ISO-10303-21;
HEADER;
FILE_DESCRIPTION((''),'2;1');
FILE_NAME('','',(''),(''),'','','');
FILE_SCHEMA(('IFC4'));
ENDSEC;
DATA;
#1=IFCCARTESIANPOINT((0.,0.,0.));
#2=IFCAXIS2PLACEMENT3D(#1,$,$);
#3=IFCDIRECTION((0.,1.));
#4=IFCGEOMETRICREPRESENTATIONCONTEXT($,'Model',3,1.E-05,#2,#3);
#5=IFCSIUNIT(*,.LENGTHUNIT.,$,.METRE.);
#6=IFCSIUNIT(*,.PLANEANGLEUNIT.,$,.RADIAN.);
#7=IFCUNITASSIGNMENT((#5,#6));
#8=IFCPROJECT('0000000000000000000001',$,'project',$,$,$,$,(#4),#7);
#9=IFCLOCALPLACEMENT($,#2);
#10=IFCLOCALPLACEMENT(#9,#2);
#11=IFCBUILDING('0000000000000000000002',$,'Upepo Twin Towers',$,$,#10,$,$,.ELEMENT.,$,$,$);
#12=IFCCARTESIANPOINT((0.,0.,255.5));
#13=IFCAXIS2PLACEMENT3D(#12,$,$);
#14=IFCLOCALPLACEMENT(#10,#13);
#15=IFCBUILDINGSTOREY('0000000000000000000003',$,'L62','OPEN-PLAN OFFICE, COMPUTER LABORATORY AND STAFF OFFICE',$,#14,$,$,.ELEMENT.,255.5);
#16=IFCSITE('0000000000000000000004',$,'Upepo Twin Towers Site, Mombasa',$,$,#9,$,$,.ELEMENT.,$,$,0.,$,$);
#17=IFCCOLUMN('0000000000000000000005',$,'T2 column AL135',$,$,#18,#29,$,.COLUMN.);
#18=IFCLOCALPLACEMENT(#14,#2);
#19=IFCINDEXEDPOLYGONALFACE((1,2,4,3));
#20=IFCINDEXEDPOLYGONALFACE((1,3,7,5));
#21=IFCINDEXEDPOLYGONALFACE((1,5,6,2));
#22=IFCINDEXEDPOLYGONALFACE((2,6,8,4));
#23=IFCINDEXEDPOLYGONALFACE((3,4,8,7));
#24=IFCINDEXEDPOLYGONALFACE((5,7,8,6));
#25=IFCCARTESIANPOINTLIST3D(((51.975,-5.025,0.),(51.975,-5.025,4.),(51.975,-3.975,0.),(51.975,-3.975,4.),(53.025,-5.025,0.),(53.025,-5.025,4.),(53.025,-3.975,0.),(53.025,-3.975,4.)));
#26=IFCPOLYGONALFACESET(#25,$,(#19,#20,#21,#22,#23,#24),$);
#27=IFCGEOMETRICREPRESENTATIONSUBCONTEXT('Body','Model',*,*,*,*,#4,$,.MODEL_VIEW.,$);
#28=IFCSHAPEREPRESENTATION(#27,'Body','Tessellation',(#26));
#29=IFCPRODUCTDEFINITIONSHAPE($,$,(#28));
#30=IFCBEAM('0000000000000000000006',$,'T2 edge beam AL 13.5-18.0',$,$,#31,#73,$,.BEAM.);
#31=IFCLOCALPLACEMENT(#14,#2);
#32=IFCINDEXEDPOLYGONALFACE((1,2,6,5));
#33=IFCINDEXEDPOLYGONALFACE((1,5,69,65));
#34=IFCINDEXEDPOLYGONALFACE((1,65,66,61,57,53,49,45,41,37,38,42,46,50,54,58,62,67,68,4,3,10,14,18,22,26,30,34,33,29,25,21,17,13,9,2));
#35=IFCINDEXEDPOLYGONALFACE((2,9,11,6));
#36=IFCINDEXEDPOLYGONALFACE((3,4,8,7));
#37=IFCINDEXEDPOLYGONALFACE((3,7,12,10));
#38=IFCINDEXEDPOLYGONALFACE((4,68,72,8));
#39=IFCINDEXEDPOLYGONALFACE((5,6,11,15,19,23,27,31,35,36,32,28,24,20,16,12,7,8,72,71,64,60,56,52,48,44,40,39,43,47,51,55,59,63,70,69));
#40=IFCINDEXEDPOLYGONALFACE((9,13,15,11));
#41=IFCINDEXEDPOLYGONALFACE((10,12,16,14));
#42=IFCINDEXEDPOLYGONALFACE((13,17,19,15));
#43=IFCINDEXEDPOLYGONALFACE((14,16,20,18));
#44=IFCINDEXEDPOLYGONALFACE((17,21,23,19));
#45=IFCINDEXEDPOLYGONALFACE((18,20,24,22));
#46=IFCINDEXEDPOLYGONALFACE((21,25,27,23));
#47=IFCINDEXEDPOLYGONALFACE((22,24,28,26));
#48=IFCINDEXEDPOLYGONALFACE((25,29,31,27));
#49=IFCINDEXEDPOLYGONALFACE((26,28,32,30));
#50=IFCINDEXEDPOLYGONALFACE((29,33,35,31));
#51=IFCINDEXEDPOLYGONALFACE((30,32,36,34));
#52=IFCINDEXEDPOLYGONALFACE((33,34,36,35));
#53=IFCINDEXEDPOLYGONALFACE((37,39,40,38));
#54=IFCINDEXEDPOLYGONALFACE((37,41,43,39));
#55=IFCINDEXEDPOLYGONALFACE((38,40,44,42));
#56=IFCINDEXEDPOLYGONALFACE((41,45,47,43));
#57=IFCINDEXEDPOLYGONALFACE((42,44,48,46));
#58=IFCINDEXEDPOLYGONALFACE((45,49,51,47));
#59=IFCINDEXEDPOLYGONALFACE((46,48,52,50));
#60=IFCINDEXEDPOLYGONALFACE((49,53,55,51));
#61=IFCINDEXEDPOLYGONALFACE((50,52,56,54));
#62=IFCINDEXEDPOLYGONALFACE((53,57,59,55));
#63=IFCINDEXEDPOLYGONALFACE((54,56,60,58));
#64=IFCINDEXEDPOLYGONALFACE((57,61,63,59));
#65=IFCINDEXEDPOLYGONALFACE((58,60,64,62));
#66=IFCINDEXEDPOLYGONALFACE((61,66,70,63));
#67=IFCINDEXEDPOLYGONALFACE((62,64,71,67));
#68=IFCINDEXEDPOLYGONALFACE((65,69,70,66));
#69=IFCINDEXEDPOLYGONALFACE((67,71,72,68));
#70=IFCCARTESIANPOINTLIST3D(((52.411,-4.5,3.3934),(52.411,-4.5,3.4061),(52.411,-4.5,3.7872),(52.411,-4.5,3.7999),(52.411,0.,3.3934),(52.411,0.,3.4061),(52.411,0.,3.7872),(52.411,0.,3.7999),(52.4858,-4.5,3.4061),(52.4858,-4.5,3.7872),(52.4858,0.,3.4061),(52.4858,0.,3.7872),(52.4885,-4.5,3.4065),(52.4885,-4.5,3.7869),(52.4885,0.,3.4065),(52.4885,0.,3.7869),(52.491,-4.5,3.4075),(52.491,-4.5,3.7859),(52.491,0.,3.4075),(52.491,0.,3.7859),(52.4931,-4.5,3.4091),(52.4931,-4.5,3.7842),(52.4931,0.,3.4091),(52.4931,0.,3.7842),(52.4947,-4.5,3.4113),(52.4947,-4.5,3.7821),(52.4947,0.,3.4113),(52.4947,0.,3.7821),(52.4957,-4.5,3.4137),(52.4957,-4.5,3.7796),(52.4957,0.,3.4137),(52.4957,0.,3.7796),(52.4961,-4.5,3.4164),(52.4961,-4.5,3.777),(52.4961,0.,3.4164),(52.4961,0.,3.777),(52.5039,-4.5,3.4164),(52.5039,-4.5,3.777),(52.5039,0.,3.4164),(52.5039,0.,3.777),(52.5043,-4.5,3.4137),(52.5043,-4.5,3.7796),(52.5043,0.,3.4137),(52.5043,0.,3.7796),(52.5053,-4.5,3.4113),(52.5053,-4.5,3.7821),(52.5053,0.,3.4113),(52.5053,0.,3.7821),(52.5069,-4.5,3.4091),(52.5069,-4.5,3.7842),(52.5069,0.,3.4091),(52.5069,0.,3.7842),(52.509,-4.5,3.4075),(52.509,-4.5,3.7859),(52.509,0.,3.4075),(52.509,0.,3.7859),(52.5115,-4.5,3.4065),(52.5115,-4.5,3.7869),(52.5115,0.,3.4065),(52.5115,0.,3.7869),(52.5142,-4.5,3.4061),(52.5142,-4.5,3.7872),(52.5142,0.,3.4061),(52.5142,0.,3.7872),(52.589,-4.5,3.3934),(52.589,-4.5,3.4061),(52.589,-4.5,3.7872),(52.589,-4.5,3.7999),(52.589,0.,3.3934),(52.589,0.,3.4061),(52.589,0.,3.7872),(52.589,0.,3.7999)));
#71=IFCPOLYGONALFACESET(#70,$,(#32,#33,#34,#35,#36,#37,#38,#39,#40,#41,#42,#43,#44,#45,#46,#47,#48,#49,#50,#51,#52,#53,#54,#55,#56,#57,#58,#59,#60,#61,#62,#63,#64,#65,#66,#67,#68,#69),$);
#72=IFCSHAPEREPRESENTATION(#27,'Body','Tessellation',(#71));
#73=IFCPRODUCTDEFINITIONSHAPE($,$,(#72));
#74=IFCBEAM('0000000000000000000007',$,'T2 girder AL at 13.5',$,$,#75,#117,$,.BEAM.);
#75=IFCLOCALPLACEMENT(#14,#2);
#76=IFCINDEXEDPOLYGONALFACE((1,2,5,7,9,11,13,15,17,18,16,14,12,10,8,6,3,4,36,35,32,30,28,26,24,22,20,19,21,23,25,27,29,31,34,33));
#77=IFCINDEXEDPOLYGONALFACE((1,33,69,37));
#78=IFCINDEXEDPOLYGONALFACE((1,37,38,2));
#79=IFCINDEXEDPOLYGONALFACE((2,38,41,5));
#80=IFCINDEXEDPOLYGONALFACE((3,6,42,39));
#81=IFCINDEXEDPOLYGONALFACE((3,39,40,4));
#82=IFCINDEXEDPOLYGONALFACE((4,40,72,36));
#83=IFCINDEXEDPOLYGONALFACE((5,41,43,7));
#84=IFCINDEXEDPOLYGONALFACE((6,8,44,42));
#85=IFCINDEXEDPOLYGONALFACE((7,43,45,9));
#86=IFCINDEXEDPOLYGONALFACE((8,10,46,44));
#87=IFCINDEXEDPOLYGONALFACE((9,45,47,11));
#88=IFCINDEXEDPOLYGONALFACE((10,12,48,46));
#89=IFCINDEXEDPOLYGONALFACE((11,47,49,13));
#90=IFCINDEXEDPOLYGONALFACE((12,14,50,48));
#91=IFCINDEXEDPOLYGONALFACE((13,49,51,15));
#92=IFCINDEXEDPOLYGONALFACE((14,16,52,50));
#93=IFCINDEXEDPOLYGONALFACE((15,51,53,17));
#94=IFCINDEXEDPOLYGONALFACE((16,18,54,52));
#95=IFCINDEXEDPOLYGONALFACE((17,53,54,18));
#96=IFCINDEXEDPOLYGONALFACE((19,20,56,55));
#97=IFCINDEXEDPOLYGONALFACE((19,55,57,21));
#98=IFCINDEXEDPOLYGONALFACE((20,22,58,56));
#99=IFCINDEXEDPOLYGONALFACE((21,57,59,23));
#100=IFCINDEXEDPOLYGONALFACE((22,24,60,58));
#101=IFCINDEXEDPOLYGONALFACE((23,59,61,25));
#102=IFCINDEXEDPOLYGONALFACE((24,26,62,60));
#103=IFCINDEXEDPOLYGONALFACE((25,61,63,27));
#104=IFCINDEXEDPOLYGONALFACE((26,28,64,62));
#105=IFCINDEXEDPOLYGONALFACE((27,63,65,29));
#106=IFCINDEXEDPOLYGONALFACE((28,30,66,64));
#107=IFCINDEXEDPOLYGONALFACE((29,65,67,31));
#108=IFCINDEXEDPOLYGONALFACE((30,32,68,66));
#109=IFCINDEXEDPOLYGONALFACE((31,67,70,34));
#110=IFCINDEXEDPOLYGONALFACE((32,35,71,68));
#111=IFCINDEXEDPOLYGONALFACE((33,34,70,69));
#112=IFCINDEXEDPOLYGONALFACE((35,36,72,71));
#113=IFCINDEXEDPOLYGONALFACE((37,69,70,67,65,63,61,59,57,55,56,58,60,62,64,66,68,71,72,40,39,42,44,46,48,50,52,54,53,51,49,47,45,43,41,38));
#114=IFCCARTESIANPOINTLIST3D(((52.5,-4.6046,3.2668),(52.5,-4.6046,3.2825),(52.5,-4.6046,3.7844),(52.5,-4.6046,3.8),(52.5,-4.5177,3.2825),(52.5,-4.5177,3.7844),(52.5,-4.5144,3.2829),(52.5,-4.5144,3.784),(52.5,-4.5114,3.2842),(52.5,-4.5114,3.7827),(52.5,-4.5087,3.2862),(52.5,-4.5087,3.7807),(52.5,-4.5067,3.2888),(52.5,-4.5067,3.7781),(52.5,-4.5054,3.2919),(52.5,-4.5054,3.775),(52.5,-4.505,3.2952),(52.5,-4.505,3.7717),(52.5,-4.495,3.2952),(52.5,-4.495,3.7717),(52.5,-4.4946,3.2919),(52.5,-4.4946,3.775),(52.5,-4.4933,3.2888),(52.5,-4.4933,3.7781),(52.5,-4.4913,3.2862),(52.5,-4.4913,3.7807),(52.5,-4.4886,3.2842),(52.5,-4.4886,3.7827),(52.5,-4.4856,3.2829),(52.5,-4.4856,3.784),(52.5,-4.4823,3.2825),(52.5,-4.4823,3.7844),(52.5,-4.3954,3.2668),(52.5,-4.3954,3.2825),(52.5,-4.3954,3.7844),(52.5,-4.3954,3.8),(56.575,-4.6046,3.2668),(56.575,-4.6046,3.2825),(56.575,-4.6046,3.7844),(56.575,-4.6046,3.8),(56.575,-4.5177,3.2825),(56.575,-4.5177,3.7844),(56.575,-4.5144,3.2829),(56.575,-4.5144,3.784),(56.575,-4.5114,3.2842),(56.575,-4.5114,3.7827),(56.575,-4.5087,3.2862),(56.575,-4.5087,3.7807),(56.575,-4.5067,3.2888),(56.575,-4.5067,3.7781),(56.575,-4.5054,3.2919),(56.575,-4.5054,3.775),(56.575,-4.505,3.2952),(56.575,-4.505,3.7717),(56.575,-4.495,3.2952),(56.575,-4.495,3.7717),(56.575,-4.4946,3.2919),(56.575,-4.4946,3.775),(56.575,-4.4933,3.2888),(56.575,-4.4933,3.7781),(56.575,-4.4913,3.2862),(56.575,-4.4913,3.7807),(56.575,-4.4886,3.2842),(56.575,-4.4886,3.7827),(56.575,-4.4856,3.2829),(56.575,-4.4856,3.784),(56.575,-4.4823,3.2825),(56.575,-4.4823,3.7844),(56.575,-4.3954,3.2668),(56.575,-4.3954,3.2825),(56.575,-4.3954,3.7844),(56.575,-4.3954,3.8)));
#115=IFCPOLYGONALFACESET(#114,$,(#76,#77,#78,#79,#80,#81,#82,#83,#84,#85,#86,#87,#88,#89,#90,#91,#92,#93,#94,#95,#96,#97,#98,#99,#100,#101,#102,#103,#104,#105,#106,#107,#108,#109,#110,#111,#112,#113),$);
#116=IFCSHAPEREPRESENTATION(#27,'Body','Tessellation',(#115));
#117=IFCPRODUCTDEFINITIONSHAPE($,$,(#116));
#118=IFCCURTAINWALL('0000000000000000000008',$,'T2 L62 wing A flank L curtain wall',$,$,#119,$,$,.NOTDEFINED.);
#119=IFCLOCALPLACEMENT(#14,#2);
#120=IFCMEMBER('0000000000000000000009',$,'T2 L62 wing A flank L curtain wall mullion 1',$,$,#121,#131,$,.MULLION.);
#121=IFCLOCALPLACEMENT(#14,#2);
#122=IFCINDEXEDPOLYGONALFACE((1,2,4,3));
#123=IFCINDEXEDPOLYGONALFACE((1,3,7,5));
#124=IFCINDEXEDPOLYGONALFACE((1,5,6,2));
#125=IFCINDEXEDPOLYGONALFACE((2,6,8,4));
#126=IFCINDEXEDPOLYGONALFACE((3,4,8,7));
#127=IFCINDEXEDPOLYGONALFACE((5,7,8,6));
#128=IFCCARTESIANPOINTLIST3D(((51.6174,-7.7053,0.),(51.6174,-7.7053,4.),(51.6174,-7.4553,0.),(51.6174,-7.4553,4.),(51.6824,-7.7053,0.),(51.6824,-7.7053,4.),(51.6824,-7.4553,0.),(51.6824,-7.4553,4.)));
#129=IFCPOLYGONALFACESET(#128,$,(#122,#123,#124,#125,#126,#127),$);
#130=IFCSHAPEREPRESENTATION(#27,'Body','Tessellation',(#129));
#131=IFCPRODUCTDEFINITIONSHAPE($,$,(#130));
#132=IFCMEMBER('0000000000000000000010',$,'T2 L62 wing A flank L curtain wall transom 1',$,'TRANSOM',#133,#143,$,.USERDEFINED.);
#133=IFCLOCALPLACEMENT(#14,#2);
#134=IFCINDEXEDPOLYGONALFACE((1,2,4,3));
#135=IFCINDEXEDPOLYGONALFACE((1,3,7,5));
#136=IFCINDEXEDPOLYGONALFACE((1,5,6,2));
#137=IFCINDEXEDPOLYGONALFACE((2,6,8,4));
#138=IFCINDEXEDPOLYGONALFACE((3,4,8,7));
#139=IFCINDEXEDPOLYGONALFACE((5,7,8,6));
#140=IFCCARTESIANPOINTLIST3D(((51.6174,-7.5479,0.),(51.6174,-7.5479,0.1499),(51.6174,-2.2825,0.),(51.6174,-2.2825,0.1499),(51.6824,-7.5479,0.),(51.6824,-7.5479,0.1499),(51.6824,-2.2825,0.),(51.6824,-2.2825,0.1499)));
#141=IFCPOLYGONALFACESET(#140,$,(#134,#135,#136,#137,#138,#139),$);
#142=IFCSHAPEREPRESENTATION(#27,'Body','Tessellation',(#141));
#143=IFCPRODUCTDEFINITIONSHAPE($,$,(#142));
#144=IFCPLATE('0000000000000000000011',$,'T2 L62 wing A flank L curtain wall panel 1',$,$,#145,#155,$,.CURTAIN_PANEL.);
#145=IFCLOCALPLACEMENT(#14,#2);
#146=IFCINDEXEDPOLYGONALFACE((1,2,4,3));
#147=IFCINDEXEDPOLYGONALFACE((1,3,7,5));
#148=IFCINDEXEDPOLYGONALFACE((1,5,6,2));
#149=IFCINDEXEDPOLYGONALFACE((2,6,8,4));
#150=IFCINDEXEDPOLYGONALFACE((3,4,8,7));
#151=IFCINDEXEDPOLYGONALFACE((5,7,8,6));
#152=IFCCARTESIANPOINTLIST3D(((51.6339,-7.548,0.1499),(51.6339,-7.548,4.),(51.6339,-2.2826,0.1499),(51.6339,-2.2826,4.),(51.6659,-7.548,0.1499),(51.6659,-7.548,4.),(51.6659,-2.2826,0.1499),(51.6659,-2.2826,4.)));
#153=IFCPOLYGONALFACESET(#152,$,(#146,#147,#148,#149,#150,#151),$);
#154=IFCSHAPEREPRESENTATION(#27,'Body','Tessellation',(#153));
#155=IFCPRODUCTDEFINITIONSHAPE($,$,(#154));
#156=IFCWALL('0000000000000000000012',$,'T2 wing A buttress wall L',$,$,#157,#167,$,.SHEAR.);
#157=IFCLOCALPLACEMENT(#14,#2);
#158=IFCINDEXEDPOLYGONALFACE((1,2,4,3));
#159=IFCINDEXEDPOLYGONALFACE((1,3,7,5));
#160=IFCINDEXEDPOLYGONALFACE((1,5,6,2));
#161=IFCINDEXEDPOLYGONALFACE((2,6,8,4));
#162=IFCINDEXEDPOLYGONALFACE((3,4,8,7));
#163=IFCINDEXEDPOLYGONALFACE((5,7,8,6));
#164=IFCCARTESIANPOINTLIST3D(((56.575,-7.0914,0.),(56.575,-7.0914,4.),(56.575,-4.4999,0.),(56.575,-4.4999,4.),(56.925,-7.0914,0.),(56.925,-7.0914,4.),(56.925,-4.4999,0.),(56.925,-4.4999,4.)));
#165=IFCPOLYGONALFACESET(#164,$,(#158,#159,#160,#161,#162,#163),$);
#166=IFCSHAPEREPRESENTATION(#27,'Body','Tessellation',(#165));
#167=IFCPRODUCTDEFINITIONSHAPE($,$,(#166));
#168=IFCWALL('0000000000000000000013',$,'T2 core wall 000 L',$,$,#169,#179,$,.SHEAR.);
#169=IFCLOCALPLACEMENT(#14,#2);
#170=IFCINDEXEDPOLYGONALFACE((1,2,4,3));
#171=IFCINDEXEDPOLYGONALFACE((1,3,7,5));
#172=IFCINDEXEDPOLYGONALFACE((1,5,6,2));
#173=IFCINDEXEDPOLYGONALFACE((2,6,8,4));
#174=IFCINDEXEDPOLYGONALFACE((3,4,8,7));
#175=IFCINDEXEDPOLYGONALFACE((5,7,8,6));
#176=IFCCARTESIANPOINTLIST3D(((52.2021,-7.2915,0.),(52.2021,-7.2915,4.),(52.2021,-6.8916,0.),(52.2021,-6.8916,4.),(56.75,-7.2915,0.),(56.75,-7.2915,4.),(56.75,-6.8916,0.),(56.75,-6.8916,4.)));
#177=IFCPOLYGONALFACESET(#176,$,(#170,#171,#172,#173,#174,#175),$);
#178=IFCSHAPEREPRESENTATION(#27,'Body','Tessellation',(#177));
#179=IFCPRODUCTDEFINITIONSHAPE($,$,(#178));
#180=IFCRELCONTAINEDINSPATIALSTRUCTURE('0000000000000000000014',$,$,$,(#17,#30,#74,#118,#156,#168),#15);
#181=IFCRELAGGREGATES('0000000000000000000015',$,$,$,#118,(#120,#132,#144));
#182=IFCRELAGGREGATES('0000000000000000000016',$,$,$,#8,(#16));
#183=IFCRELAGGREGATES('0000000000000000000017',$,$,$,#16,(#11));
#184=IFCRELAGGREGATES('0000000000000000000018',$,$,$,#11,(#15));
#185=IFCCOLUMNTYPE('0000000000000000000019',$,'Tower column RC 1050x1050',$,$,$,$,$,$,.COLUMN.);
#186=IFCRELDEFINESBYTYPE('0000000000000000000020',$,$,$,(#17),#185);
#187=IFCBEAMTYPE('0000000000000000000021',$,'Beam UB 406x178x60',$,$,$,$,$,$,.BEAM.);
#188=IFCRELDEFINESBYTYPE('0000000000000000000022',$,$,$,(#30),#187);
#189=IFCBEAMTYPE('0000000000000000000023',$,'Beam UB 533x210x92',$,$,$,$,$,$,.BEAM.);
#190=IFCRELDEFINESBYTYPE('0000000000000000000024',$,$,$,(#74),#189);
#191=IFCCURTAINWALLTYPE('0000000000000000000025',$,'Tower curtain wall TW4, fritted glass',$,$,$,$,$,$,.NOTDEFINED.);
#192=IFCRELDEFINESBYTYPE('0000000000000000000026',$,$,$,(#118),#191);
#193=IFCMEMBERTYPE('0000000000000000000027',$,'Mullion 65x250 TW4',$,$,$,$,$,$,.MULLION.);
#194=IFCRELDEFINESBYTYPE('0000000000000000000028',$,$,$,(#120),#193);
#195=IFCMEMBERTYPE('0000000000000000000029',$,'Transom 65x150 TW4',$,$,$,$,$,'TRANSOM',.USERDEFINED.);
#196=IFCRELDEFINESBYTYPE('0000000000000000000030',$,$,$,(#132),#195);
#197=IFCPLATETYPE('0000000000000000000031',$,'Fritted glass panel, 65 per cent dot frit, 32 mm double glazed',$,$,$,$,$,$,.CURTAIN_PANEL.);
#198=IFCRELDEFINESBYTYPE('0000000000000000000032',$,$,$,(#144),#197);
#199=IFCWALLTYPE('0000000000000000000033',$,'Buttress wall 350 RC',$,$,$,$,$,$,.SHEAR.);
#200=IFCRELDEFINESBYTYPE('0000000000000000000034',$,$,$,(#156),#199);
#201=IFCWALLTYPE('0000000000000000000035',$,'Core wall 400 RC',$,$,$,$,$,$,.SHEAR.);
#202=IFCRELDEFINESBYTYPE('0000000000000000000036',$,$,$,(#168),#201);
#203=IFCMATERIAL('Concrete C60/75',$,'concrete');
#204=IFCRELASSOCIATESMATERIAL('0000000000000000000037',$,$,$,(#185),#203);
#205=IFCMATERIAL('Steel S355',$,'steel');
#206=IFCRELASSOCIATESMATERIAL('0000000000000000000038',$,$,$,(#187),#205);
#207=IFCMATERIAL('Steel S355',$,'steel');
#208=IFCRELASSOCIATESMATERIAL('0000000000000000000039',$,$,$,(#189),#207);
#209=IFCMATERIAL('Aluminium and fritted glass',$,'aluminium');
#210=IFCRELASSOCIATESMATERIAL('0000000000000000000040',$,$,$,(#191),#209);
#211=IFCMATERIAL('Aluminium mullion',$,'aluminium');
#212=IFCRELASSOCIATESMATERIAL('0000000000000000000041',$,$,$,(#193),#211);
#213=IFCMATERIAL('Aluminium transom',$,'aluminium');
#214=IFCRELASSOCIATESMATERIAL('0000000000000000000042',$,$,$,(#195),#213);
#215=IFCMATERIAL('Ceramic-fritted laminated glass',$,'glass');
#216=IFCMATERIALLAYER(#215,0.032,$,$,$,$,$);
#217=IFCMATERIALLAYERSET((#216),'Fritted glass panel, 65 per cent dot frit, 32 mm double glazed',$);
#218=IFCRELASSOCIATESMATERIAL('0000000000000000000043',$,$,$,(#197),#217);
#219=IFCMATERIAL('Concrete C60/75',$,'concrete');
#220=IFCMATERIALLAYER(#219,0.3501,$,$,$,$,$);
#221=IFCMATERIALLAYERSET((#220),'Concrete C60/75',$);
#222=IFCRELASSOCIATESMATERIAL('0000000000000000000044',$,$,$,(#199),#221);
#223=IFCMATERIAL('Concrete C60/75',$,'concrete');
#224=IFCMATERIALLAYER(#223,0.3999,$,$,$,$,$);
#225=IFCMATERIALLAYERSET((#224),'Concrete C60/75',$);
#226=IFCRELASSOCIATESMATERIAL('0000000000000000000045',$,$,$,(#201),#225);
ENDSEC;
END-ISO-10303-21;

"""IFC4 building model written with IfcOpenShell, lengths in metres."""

from ifc_helpers import new_model, si_unit, direction, frame, frame_2d, origin, origin_2d, place, context, subcontext, project, spatial, rectangle, i_section, extrude, material, layer, layer_set, material_profile, profile_set, type_object, element, aggregate, save


model = new_model("IFC4")

# Units and contexts
model_context = context("Model", 3, precision=1e-05, world=origin(), true_north=direction((0.0, 1.0)))
body_context = subcontext(model_context, "Body", "Model", "MODEL_VIEW")
ifc_project = project(units=[si_unit("LENGTHUNIT", "METRE"), si_unit("PLANEANGLEUNIT", "RADIAN")], contexts=[model_context])

# Site, building, storey
site_placement = place(None, origin())
site = spatial("IfcSite", under=ifc_project, at=site_placement, Name="Upepo Twin Towers Site, Mombasa", CompositionType="ELEMENT", RefElevation=0.0)
building_placement = place(site_placement, origin())
building = spatial("IfcBuilding", under=site, at=building_placement, Name="Upepo Twin Towers", CompositionType="ELEMENT")
storey_placement = place(building_placement, frame((0.0, 0.0, 255.5)))
storey = spatial("IfcBuildingStorey", under=building, at=storey_placement, Name="L62", Description="OPEN-PLAN OFFICE, COMPUTER LABORATORY AND STAFF OFFICE", CompositionType="ELEMENT", Elevation=255.5)

# Column
ifc_material_1 = material(Name="Concrete C60/75", Category="concrete")
ifc_material_profile_1 = material_profile(ifc_material_1, rectangle(XDim=1.05, YDim=1.05, at=origin_2d()), Name="RC 1050x1050")
ifc_profile_set_1 = profile_set([ifc_material_profile_1], Name="Concrete C60/75")
column_type = type_object("IfcColumnType", Name="Tower column RC 1050x1050", PredefinedType="COLUMN", material=ifc_profile_set_1)
column_placement = place(storey_placement, frame((52.5, -4.5, 0.0), z_axis=(0.0, 0.0, 1.0), x_axis=(1.0, 0.0, 0.0)))
element("IfcColumn", 1, at=column_placement, inside=storey, type_object=column_type, Name="T2 column AL135", PredefinedType="COLUMN", context=body_context, shape_type="SweptSolid", body=[
    extrude(rectangle(XDim=1.05, YDim=1.05, at=origin_2d()), origin(), (0.0, 0.0, 1.0), 4.0),
])

# Beams
ifc_material_2 = material(Name="Steel S355", Category="steel")
ifc_material_profile_2 = material_profile(ifc_material_2, i_section(OverallWidth=0.178, OverallDepth=0.4065, WebThickness=0.0078, FlangeThickness=0.0127, FilletRadius=0.0103, at=origin_2d()), Name="UB 406x178x60")
ifc_profile_set_2 = profile_set([ifc_material_profile_2], Name="Steel S355")
beam_type_1 = type_object("IfcBeamType", Name="Beam UB 406x178x60", PredefinedType="BEAM", material=ifc_profile_set_2)
beam_1_placement = place(storey_placement, frame((52.5, -4.5, 3.5967), z_axis=(0.0, 1.0, 0.0), x_axis=(-1.0, 0.0, 0.0)))
element("IfcBeam", 2, at=beam_1_placement, inside=storey, type_object=beam_type_1, Name="T2 edge beam AL 13.5-18.0", PredefinedType="BEAM", context=body_context, shape_type="SweptSolid", body=[
    extrude(i_section(OverallWidth=0.178, OverallDepth=0.4065, WebThickness=0.0078, FlangeThickness=0.0127, FilletRadius=0.0103, at=origin_2d()), origin(), (0.0, 0.0, 1.0), 4.5),
])
ifc_material_3 = material(Name="Steel S355", Category="steel")
ifc_material_profile_3 = material_profile(ifc_material_3, i_section(OverallWidth=0.2092, OverallDepth=0.5332, WebThickness=0.01, FlangeThickness=0.0156, FilletRadius=0.0127, at=origin_2d()), Name="UB 533x210x92")
ifc_profile_set_3 = profile_set([ifc_material_profile_3], Name="Steel S355")
beam_type_2 = type_object("IfcBeamType", Name="Beam UB 533x210x92", PredefinedType="BEAM", material=ifc_profile_set_3)
beam_2_placement = place(storey_placement, frame((52.5, -4.5, 3.5334), z_axis=(1.0, 0.0, 0.0), x_axis=(0.0, 1.0, 0.0)))
element("IfcBeam", 3, at=beam_2_placement, inside=storey, type_object=beam_type_2, Name="T2 girder AL at 13.5", PredefinedType="BEAM", context=body_context, shape_type="SweptSolid", body=[
    extrude(i_section(OverallWidth=0.2092, OverallDepth=0.5332, WebThickness=0.01, FlangeThickness=0.0156, FilletRadius=0.0127, at=origin_2d()), origin(), (0.0, 0.0, 1.0), 4.075),
])

# Curtain wall, members, plate
ifc_material_4 = material(Name="Aluminium and fritted glass", Category="aluminium")
curtain_wall_type = type_object("IfcCurtainWallType", Name="Tower curtain wall TW4, fritted glass", PredefinedType="NOTDEFINED", material=ifc_material_4)
curtain_wall_placement = place(storey_placement, origin())
curtain_wall = element("IfcCurtainWall", 4, at=curtain_wall_placement, inside=storey, type_object=curtain_wall_type, Name="T2 L62 wing A flank L curtain wall", PredefinedType="NOTDEFINED")
ifc_material_5 = material(Name="Aluminium mullion", Category="aluminium")
ifc_material_profile_4 = material_profile(ifc_material_5, rectangle(XDim=0.0649, YDim=0.25, at=origin_2d()), Name="MULLION 65x250")
ifc_profile_set_4 = profile_set([ifc_material_profile_4], Name="Aluminium mullion")
member_type_1 = type_object("IfcMemberType", Name="Mullion 65x250 TW4", PredefinedType="MULLION", material=ifc_profile_set_4)
member_1_placement = place(storey_placement, frame((51.6499, -7.5803, 0.0), z_axis=(0.0, 0.0, 1.0), x_axis=(-1.0, 0.0, 0.0)))
member_1 = element("IfcMember", 5, at=member_1_placement, type_object=member_type_1, Name="T2 L62 wing A flank L curtain wall mullion 1", PredefinedType="MULLION", context=body_context, shape_type="SweptSolid", body=[
    extrude(rectangle(XDim=0.0649, YDim=0.25, at=origin_2d()), origin(), (0.0, 0.0, 1.0), 4.0),
])
ifc_material_6 = material(Name="Aluminium transom", Category="aluminium")
ifc_material_profile_5 = material_profile(ifc_material_6, rectangle(XDim=0.0649, YDim=0.1499, at=origin_2d()), Name="TRANSOM 65x150")
ifc_profile_set_5 = profile_set([ifc_material_profile_5], Name="Aluminium transom")
member_type_2 = type_object("IfcMemberType", Name="Transom 65x150 TW4", ElementType="TRANSOM", PredefinedType="USERDEFINED", material=ifc_profile_set_5)
member_2_placement = place(storey_placement, frame((51.6499, -7.5479, 0.075), z_axis=(0.0, 1.0, 0.0), x_axis=(-1.0, 0.0, 0.0)))
member_2 = element("IfcMember", 6, at=member_2_placement, type_object=member_type_2, Name="T2 L62 wing A flank L curtain wall transom 1", ObjectType="TRANSOM", PredefinedType="USERDEFINED", context=body_context, shape_type="SweptSolid", body=[
    extrude(rectangle(XDim=0.0649, YDim=0.1499, at=origin_2d()), origin(), (0.0, 0.0, 1.0), 5.2654),
])
ifc_material_7 = material(Name="Ceramic-fritted laminated glass", Category="glass")
ifc_layer_1 = layer(ifc_material_7, 0.032)
ifc_layer_set_1 = layer_set([ifc_layer_1], Name="Fritted glass panel, 65 per cent dot frit, 32 mm double glazed")
plate_type = type_object("IfcPlateType", Name="Fritted glass panel, 65 per cent dot frit, 32 mm double glazed", PredefinedType="CURTAIN_PANEL", material=ifc_layer_set_1)
plate_placement = place(storey_placement, frame((51.6499, -4.9153, 0.1499), z_axis=(0.0, 0.0, 1.0), x_axis=(0.0, 1.0, 0.0)))
plate = element("IfcPlate", 7, at=plate_placement, type_object=plate_type, Name="T2 L62 wing A flank L curtain wall panel 1", PredefinedType="CURTAIN_PANEL", context=body_context, shape_type="SweptSolid", body=[
    extrude(rectangle(XDim=5.2654, YDim=0.032, at=origin_2d()), origin(), (0.0, 0.0, 1.0), 3.8501),
])
aggregate(curtain_wall, [member_1, member_2, plate])

# Walls
ifc_material_8 = material(Name="Concrete C60/75", Category="concrete")
ifc_layer_2 = layer(ifc_material_8, 0.3501)
ifc_layer_set_2 = layer_set([ifc_layer_2], Name="Concrete C60/75")
wall_type_1 = type_object("IfcWallType", Name="Buttress wall 350 RC", PredefinedType="SHEAR", material=ifc_layer_set_2)
wall_1_placement = place(storey_placement, frame((56.75, -7.0916, 0.0), z_axis=(0.0, 0.0, 1.0), x_axis=(0.0, 1.0, 0.0)))
element("IfcWall", 8, at=wall_1_placement, inside=storey, type_object=wall_type_1, Name="T2 wing A buttress wall L", PredefinedType="SHEAR", context=body_context, shape_type="SweptSolid", body=[
    extrude(rectangle(XDim=2.5916, YDim=0.3501, at=frame_2d((1.2959, 0.0))), origin(), (0.0, 0.0, 1.0), 4.0),
])
ifc_material_9 = material(Name="Concrete C60/75", Category="concrete")
ifc_layer_3 = layer(ifc_material_9, 0.3999)
ifc_layer_set_3 = layer_set([ifc_layer_3], Name="Concrete C60/75")
wall_type_2 = type_object("IfcWallType", Name="Core wall 400 RC", PredefinedType="SHEAR", material=ifc_layer_set_3)
wall_2_placement = place(storey_placement, frame((56.75, -7.0916, 0.0), z_axis=(0.0, 0.0, 1.0), x_axis=(-1.0, 0.0, 0.0)))
element("IfcWall", 9, at=wall_2_placement, inside=storey, type_object=wall_type_2, Name="T2 core wall 000 L", PredefinedType="SHEAR", context=body_context, shape_type="SweptSolid", body=[
    extrude(rectangle(XDim=4.5479, YDim=0.3999, at=frame_2d((2.2739, 0.0))), origin(), (0.0, 0.0, 1.0), 4.0),
])

save(model, "model.ifc")
